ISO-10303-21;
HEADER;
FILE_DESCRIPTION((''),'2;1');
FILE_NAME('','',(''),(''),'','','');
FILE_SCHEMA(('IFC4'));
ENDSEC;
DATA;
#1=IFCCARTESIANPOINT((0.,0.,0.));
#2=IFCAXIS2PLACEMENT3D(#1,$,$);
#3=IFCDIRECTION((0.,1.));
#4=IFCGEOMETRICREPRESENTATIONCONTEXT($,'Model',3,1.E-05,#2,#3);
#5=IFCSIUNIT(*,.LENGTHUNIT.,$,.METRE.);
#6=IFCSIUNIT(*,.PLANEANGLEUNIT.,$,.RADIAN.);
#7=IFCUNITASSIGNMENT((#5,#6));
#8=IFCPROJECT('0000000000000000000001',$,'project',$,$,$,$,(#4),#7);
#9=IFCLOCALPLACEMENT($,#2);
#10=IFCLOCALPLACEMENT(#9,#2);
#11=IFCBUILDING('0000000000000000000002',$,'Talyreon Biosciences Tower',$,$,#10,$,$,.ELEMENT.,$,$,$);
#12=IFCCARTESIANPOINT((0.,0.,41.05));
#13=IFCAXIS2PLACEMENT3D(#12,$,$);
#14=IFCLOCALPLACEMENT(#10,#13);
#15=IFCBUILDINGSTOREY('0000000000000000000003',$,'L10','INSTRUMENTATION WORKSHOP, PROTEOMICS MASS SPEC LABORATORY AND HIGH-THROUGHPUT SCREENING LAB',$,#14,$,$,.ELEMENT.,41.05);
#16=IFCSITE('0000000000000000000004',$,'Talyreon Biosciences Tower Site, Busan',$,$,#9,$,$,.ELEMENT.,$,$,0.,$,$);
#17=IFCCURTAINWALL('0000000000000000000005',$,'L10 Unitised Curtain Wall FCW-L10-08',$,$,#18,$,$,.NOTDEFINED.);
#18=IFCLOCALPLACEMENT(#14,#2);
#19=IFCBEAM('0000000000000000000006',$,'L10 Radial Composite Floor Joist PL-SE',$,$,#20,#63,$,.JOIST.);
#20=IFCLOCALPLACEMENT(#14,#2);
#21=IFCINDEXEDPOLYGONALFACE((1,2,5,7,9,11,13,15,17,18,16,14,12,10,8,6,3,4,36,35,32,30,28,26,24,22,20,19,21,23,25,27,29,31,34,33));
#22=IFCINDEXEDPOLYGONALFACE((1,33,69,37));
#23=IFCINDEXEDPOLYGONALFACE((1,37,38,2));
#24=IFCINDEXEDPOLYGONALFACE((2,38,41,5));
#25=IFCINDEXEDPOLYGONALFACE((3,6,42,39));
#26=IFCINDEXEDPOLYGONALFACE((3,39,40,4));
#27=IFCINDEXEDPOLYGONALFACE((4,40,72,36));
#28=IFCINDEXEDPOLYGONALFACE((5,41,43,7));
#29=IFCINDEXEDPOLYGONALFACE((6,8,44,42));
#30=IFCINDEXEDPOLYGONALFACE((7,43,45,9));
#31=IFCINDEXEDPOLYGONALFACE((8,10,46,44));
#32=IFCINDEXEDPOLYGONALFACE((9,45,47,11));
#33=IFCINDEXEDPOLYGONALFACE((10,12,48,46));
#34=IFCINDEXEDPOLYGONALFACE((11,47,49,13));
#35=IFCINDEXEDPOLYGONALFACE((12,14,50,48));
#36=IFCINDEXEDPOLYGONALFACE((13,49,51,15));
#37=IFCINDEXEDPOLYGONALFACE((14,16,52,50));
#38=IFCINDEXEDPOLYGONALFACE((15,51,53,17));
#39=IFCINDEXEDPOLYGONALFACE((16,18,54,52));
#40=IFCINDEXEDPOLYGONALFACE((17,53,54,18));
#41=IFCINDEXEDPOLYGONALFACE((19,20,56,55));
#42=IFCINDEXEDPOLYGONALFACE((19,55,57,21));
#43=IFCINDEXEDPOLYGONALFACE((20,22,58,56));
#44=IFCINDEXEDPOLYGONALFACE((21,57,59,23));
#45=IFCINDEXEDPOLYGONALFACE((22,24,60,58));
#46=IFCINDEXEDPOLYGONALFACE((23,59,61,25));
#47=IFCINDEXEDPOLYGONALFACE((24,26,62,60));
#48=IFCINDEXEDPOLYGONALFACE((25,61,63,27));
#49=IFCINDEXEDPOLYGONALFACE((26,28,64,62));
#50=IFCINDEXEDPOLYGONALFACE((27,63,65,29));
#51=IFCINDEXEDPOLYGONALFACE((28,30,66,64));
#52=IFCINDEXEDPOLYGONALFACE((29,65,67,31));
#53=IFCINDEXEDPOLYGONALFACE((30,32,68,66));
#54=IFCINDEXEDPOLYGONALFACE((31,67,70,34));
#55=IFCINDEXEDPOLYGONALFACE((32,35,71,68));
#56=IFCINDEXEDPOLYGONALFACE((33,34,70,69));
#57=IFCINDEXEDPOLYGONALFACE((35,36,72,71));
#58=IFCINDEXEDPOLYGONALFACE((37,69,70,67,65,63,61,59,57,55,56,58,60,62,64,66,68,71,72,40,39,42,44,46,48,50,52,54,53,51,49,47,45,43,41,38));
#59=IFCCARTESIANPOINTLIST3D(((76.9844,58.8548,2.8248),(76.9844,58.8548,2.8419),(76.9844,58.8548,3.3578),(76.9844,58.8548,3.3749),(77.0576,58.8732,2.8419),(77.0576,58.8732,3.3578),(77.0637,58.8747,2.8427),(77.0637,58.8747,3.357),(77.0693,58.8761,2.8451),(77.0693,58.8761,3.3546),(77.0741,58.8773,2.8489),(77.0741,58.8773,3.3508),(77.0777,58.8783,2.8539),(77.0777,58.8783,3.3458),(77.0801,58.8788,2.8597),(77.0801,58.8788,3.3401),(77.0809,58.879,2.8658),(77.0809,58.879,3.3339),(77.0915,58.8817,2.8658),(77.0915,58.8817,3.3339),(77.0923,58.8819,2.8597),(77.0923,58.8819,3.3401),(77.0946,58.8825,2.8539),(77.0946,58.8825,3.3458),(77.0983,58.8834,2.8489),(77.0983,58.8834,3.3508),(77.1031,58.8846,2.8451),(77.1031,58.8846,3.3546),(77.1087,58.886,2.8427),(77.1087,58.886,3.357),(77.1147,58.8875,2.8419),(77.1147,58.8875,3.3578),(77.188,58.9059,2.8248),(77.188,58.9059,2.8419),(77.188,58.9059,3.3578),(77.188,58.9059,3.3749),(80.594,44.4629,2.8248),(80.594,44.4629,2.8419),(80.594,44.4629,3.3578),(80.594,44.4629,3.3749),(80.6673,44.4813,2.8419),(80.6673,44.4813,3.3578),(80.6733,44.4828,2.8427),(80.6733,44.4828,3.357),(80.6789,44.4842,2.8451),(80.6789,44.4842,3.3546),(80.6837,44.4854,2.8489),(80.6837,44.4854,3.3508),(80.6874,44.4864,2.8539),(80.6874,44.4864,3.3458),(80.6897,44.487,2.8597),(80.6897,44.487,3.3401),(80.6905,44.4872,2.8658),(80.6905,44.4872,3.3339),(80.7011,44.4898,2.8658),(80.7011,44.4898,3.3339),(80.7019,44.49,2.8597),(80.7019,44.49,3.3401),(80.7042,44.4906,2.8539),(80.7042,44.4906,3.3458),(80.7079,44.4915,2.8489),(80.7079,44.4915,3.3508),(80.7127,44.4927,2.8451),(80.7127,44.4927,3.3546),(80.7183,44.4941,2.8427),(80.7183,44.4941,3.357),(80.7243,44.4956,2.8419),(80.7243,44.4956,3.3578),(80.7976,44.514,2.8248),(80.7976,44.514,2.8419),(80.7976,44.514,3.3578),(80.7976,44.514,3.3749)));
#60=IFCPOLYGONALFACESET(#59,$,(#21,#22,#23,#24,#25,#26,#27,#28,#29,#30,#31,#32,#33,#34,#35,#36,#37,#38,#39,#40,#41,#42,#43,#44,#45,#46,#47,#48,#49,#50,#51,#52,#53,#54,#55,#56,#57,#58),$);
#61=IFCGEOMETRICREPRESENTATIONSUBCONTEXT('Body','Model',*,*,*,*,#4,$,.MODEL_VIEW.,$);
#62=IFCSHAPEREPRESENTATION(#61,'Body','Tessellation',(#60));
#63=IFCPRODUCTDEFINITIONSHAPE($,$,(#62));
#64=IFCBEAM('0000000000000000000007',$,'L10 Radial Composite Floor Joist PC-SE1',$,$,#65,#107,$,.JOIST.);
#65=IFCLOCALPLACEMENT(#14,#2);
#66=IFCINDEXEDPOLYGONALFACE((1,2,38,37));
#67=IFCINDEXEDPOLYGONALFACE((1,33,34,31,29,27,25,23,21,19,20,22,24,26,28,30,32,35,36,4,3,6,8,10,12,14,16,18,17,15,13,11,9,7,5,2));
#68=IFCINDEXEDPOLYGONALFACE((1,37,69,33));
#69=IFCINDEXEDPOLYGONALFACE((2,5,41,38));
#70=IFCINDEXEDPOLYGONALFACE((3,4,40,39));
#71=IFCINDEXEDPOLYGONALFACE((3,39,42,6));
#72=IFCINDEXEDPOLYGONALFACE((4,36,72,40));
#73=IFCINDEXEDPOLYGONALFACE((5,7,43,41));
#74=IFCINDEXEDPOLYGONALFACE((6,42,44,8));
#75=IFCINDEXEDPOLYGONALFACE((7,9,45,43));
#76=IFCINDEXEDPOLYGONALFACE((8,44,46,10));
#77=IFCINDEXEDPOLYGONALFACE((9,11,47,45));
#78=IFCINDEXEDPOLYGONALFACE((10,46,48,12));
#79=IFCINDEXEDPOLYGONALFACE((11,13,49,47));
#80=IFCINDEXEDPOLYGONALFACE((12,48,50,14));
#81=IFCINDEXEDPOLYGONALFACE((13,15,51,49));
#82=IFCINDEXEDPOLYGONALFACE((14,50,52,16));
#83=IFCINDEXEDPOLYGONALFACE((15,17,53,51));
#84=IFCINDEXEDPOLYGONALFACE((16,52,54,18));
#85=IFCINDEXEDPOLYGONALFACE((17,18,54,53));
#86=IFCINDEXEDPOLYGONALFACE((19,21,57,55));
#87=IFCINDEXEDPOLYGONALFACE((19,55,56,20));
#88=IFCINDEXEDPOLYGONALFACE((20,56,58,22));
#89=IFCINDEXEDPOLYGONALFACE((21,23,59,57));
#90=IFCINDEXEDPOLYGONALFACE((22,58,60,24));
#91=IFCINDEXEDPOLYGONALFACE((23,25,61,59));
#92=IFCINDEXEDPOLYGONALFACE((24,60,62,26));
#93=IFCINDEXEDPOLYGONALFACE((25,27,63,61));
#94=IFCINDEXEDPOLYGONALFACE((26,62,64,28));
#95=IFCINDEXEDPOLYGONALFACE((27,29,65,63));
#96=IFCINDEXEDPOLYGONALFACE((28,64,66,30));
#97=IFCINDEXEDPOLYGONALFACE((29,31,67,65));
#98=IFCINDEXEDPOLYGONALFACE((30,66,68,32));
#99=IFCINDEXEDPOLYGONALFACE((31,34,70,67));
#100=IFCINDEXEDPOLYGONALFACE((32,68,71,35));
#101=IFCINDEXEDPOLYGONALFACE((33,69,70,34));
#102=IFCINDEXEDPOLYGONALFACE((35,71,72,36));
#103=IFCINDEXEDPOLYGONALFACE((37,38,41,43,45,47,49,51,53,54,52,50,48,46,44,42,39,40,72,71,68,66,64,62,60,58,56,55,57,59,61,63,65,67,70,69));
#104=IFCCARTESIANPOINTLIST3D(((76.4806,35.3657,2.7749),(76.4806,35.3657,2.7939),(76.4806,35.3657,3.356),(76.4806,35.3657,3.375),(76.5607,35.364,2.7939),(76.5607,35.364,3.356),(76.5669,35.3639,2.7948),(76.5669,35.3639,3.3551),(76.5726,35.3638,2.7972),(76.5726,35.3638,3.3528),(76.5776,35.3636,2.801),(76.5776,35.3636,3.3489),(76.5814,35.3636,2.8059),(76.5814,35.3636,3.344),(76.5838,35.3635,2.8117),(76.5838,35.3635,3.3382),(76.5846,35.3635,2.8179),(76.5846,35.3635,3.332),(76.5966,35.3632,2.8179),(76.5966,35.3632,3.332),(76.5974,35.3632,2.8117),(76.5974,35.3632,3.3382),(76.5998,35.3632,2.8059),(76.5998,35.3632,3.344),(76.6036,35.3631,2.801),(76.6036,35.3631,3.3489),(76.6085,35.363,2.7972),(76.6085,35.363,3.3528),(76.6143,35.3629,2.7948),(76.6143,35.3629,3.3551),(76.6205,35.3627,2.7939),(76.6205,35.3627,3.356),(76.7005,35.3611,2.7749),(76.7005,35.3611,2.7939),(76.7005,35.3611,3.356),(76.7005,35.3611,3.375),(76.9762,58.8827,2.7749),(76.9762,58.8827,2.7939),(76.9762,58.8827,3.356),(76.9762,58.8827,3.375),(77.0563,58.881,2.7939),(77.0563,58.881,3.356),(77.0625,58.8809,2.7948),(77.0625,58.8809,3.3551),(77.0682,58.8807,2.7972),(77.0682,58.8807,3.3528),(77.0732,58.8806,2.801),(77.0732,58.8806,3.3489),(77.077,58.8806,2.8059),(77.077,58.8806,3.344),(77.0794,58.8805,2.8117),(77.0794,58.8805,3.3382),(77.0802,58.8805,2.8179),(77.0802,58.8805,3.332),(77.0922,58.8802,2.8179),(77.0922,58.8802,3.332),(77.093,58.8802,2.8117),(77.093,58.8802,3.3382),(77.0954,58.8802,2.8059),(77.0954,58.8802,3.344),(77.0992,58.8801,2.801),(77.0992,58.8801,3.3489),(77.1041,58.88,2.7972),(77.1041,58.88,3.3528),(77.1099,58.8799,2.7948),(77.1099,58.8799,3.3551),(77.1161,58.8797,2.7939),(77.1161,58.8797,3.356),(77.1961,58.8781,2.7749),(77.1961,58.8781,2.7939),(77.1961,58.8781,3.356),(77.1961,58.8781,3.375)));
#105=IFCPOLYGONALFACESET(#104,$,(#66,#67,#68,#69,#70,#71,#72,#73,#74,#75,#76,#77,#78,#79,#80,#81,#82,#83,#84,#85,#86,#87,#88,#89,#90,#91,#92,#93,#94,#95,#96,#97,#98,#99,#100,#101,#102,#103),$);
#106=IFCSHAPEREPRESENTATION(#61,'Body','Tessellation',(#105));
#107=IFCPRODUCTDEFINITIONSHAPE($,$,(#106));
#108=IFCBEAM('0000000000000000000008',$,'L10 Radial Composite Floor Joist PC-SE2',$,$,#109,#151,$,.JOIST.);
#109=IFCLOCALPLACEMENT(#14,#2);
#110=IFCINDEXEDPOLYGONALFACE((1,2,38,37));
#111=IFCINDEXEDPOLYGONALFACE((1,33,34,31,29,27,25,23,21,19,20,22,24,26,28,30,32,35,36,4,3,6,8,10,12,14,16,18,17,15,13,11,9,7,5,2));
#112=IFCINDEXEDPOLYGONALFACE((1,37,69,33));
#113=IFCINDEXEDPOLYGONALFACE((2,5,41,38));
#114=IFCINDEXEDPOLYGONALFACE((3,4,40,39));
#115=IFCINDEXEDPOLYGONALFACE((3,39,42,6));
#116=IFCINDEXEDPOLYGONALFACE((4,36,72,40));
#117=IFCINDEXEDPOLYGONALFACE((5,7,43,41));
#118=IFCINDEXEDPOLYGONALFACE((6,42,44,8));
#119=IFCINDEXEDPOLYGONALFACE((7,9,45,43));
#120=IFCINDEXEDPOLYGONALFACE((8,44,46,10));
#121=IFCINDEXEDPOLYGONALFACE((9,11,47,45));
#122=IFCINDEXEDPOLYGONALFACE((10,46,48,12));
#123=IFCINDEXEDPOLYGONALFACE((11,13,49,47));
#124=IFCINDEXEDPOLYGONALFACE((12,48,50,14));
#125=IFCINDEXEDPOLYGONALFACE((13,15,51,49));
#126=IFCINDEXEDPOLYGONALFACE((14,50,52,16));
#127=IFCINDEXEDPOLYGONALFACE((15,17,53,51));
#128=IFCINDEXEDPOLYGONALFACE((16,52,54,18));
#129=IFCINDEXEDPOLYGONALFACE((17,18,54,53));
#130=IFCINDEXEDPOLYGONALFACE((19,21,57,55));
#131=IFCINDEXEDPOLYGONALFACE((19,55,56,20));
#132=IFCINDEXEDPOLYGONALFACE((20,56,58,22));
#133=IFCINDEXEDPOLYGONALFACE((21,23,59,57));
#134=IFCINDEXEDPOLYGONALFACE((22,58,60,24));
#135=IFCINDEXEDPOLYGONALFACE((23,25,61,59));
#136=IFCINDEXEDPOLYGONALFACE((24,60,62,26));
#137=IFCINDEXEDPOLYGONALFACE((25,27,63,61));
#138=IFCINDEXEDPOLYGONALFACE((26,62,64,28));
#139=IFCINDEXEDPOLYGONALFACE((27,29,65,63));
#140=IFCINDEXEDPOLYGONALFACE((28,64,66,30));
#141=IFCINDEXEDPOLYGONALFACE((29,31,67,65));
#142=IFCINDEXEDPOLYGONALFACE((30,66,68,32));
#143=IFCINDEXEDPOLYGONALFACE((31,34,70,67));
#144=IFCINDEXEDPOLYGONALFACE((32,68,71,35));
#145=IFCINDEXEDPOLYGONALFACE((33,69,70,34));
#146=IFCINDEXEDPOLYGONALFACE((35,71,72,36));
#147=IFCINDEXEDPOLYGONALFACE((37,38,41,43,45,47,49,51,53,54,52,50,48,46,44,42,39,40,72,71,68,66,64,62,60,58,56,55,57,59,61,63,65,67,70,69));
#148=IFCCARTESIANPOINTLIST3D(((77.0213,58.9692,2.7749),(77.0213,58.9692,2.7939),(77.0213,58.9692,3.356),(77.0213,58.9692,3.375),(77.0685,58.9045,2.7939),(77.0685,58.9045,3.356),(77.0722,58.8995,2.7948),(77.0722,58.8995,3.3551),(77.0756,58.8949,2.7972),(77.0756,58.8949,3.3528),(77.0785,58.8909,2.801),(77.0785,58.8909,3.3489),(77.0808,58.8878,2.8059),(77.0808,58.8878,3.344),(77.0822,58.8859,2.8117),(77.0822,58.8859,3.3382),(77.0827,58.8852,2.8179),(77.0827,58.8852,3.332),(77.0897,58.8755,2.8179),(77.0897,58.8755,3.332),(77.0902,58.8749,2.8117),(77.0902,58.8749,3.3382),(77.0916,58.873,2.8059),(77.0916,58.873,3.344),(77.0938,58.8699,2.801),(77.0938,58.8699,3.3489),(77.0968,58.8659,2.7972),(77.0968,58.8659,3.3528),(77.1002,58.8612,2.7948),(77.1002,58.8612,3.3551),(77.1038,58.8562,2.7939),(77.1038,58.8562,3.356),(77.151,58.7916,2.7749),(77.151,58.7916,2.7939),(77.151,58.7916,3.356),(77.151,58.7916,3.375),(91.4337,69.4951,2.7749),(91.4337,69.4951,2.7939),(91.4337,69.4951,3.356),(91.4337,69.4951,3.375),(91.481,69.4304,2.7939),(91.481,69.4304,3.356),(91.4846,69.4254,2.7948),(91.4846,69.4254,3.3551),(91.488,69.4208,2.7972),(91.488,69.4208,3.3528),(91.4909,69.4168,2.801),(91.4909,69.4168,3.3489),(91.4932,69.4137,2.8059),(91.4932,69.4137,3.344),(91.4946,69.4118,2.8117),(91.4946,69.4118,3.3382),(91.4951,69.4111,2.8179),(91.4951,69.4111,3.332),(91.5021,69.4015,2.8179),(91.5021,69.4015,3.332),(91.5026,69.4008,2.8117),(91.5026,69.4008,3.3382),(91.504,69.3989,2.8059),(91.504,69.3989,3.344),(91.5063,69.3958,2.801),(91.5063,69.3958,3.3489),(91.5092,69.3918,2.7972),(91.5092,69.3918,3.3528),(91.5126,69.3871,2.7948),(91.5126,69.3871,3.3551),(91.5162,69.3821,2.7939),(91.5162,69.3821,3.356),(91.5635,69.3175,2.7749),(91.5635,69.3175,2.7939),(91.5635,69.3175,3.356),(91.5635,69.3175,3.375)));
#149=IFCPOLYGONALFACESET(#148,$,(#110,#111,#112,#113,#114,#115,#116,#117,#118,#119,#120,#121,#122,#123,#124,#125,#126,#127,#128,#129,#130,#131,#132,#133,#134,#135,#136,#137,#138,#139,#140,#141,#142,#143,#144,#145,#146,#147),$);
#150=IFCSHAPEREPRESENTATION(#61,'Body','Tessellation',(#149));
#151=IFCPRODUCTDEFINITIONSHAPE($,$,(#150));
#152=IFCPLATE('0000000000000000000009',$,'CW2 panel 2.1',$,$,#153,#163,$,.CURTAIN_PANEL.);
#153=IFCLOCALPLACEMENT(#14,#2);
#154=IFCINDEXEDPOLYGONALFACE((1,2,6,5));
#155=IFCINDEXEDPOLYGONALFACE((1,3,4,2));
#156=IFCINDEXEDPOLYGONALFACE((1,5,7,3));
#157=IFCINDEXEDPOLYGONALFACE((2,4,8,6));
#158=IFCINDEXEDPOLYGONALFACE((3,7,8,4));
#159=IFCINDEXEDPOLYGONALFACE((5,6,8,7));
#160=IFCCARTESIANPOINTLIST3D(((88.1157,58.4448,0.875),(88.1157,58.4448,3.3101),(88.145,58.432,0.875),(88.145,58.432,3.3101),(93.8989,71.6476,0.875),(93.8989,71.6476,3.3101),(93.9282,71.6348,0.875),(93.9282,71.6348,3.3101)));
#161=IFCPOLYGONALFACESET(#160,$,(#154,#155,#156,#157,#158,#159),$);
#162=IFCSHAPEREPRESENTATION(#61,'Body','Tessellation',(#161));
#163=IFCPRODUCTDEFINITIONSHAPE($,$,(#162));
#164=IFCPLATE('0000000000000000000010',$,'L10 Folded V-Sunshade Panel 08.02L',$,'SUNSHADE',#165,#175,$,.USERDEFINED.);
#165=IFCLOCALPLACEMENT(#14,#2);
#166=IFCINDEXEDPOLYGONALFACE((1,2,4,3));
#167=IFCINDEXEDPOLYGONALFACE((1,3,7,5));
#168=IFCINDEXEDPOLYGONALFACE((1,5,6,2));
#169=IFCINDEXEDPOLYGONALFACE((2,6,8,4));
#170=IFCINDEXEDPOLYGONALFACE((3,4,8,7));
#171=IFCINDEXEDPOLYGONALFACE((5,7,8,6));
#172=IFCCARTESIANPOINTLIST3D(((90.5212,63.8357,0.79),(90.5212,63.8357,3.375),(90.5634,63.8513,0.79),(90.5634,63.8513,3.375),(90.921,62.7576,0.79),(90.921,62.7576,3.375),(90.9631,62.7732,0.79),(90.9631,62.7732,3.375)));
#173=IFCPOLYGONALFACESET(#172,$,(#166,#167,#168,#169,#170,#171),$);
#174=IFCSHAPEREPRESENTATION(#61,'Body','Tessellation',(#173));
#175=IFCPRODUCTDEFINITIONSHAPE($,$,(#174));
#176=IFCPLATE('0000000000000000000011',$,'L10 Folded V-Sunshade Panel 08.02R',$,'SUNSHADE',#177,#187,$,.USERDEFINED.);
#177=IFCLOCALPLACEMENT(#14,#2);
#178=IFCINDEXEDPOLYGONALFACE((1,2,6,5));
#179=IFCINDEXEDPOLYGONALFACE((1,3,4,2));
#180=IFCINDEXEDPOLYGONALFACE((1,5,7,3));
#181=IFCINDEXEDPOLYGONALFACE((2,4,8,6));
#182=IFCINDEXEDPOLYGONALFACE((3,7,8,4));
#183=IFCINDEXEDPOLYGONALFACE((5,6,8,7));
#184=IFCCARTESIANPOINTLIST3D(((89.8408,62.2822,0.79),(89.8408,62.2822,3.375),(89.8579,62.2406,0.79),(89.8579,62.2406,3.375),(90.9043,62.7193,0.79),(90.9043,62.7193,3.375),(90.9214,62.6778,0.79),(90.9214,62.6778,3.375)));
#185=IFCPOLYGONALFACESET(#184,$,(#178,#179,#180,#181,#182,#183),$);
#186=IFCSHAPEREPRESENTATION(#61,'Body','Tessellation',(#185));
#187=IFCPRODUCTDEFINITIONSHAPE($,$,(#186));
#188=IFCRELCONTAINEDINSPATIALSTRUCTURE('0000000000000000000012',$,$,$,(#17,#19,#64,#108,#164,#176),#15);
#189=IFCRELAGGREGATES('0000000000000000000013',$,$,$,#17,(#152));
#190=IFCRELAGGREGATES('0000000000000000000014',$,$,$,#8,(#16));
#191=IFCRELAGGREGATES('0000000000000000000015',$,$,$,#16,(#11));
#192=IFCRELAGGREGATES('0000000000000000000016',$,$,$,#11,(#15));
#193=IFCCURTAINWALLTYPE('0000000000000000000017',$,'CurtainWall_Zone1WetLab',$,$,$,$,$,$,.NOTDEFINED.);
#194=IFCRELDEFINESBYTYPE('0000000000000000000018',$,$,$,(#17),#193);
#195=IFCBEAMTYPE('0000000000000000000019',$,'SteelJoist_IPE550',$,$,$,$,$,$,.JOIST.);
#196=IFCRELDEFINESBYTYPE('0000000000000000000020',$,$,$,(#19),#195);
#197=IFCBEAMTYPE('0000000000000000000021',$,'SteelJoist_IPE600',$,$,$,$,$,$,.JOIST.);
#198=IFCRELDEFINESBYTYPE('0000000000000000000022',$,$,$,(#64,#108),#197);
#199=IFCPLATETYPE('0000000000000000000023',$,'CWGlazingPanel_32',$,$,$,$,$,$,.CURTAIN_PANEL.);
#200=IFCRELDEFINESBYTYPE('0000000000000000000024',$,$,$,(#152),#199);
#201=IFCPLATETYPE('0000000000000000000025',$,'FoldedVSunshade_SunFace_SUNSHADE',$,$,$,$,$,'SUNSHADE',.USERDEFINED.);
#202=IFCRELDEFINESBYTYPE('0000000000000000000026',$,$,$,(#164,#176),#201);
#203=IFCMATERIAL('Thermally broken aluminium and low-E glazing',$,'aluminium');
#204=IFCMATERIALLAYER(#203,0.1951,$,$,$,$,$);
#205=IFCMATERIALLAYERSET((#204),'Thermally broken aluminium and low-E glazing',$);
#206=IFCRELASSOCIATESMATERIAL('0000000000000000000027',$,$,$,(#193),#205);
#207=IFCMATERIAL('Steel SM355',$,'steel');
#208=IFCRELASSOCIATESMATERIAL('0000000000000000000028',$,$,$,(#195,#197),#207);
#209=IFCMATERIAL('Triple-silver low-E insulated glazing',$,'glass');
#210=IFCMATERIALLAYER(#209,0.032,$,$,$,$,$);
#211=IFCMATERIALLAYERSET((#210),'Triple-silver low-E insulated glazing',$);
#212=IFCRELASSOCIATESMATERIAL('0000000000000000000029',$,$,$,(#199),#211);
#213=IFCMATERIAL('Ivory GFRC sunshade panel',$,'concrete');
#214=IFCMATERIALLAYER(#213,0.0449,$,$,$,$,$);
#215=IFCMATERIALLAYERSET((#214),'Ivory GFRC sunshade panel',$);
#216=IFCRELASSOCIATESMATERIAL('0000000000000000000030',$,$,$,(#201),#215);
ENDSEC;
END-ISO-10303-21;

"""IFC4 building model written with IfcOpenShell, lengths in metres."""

from ifc_helpers import new_model, si_unit, direction, frame, origin, origin_2d, place, context, subcontext, project, spatial, rectangle, i_section, extrude, material, layer, layer_set, material_profile, profile_set, type_object, element, aggregate, save


model = new_model("IFC4")

# Units and contexts
model_context = context("Model", 3, precision=1e-05, world=origin(), true_north=direction((0.0, 1.0)))
body_context = subcontext(model_context, "Body", "Model", "MODEL_VIEW")
ifc_project = project(units=[si_unit("LENGTHUNIT", "METRE"), si_unit("PLANEANGLEUNIT", "RADIAN")], contexts=[model_context])

# Site, building, storey
site_placement = place(None, origin())
site = spatial("IfcSite", under=ifc_project, at=site_placement, Name="Talyreon Biosciences Tower Site, Busan", CompositionType="ELEMENT", RefElevation=0.0)
building_placement = place(site_placement, origin())
building = spatial("IfcBuilding", under=site, at=building_placement, Name="Talyreon Biosciences Tower", CompositionType="ELEMENT")
storey_placement = place(building_placement, frame((0.0, 0.0, 41.05)))
storey = spatial("IfcBuildingStorey", under=building, at=storey_placement, Name="L10", Description="INSTRUMENTATION WORKSHOP, PROTEOMICS MASS SPEC LABORATORY AND HIGH-THROUGHPUT SCREENING LAB", CompositionType="ELEMENT", Elevation=41.05)

# Curtain wall
ifc_material_1 = material(Name="Thermally broken aluminium and low-E glazing", Category="aluminium")
ifc_layer_1 = layer(ifc_material_1, 0.1951)
ifc_layer_set_1 = layer_set([ifc_layer_1], Name="Thermally broken aluminium and low-E glazing")
curtain_wall_type = type_object("IfcCurtainWallType", Name="CurtainWall_Zone1WetLab", PredefinedType="NOTDEFINED", material=ifc_layer_set_1)
curtain_wall_placement = place(storey_placement, origin())
curtain_wall = element("IfcCurtainWall", 1, at=curtain_wall_placement, inside=storey, type_object=curtain_wall_type, Name="L10 Unitised Curtain Wall FCW-L10-08", PredefinedType="NOTDEFINED")

# Beams
ifc_material_2 = material(Name="Steel SM355", Category="steel")
ifc_material_profile_1 = material_profile(ifc_material_2, i_section(OverallWidth=0.21, OverallDepth=0.55, WebThickness=0.011, FlangeThickness=0.0171, FilletRadius=0.0239, at=origin_2d()), Name="IPE550")
ifc_profile_set_1 = profile_set([ifc_material_profile_1], Name="Steel SM355")
beam_type_1 = type_object("IfcBeamType", Name="SteelJoist_IPE550", PredefinedType="JOIST", material=ifc_profile_set_1)
beam_1_placement = place(storey_placement, frame((77.0862, 58.8804, 3.0999), z_axis=(0.243275, -0.969957, 0.0), x_axis=(0.969957, 0.243275, 0.0)))
element("IfcBeam", 2, at=beam_1_placement, inside=storey, type_object=beam_type_1, Name="L10 Radial Composite Floor Joist PL-SE", PredefinedType="JOIST", context=body_context, shape_type="SweptSolid", body=[
    extrude(i_section(OverallWidth=0.21, OverallDepth=0.55, WebThickness=0.011, FlangeThickness=0.0171, FilletRadius=0.0239, at=origin_2d()), origin(), (0.0, 0.0, 1.0), 14.8376),
])
ifc_material_profile_2 = material_profile(ifc_material_2, i_section(OverallWidth=0.22, OverallDepth=0.6001, WebThickness=0.012, FlangeThickness=0.019, FilletRadius=0.0239, at=origin_2d()), Name="IPE600")
ifc_profile_set_2 = profile_set([ifc_material_profile_2], Name="Steel SM355")
beam_type_2 = type_object("IfcBeamType", Name="SteelJoist_IPE600", PredefinedType="JOIST", material=ifc_profile_set_2)
beam_2_placement = place(storey_placement, frame((77.0862, 58.8804, 3.075), z_axis=(-0.02107, -0.999778, 0.0), x_axis=(0.999778, -0.02107, 0.0)))
element("IfcBeam", 3, at=beam_2_placement, inside=storey, type_object=beam_type_2, Name="L10 Radial Composite Floor Joist PC-SE1", PredefinedType="JOIST", context=body_context, shape_type="SweptSolid", body=[
    extrude(i_section(OverallWidth=0.22, OverallDepth=0.6001, WebThickness=0.012, FlangeThickness=0.019, FilletRadius=0.0239, at=origin_2d()), origin(), (0.0, 0.0, 1.0), 23.5222),
])
beam_3_placement = place(storey_placement, frame((77.0862, 58.8804, 3.075), z_axis=(0.807557, 0.589789, 0.0), x_axis=(-0.589789, 0.807557, 0.0)))
element("IfcBeam", 4, at=beam_3_placement, inside=storey, type_object=beam_type_2, Name="L10 Radial Composite Floor Joist PC-SE2", PredefinedType="JOIST", context=body_context, shape_type="SweptSolid", body=[
    extrude(i_section(OverallWidth=0.22, OverallDepth=0.6001, WebThickness=0.012, FlangeThickness=0.019, FilletRadius=0.0239, at=origin_2d()), origin(), (0.0, 0.0, 1.0), 17.8469),
])

# Plate
ifc_material_3 = material(Name="Triple-silver low-E insulated glazing", Category="glass")
ifc_layer_2 = layer(ifc_material_3, 0.032)
ifc_layer_set_2 = layer_set([ifc_layer_2], Name="Triple-silver low-E insulated glazing")
plate_type_1 = type_object("IfcPlateType", Name="CWGlazingPanel_32", PredefinedType="CURTAIN_PANEL", material=ifc_layer_set_2)
plate_placement = place(storey_placement, frame((91.022, 65.0398, 0.875), z_axis=(0.0, 0.0, 1.0), x_axis=(-0.401223, -0.91598, 0.0)))
plate = element("IfcPlate", 5, at=plate_placement, type_object=plate_type_1, Name="CW2 panel 2.1", PredefinedType="CURTAIN_PANEL", context=body_context, shape_type="SweptSolid", body=[
    extrude(rectangle(XDim=14.4138, YDim=0.032, at=origin_2d()), origin(), (0.0, 0.0, 1.0), 2.4351),
])
aggregate(curtain_wall, [plate])

# Plates
ifc_material_4 = material(Name="Ivory GFRC sunshade panel", Category="concrete")
ifc_layer_3 = layer(ifc_material_4, 0.0449)
ifc_layer_set_3 = layer_set([ifc_layer_3], Name="Ivory GFRC sunshade panel")
plate_type_2 = type_object("IfcPlateType", Name="FoldedVSunshade_SunFace_SUNSHADE", ElementType="SUNSHADE", PredefinedType="USERDEFINED", material=ifc_layer_set_3)
for number, where, z_axis, x_axis, name in (
    (6, (90.7422, 63.3044, 0.79), (0.0, 0.0, 1.0), (0.347672, -0.937616, 0.0), "L10 Folded V-Sunshade Panel 08.02L"),
    (7, (90.3811, 62.48, 0.79), (0.0, 0.0, 1.0), (-0.924911, -0.380183, 0.0), "L10 Folded V-Sunshade Panel 08.02R"),
):
    element("IfcPlate", number, at=place(storey_placement, frame(where, z_axis=z_axis, x_axis=x_axis)), inside=storey, type_object=plate_type_2, Name=name, ObjectType="SUNSHADE", PredefinedType="USERDEFINED", context=body_context, shape_type="SweptSolid", body=[
        extrude(rectangle(XDim=1.1499, YDim=0.0449, at=origin_2d()), origin(), (0.0, 0.0, 1.0), 2.585),
    ])

save(model, "model.ifc")
